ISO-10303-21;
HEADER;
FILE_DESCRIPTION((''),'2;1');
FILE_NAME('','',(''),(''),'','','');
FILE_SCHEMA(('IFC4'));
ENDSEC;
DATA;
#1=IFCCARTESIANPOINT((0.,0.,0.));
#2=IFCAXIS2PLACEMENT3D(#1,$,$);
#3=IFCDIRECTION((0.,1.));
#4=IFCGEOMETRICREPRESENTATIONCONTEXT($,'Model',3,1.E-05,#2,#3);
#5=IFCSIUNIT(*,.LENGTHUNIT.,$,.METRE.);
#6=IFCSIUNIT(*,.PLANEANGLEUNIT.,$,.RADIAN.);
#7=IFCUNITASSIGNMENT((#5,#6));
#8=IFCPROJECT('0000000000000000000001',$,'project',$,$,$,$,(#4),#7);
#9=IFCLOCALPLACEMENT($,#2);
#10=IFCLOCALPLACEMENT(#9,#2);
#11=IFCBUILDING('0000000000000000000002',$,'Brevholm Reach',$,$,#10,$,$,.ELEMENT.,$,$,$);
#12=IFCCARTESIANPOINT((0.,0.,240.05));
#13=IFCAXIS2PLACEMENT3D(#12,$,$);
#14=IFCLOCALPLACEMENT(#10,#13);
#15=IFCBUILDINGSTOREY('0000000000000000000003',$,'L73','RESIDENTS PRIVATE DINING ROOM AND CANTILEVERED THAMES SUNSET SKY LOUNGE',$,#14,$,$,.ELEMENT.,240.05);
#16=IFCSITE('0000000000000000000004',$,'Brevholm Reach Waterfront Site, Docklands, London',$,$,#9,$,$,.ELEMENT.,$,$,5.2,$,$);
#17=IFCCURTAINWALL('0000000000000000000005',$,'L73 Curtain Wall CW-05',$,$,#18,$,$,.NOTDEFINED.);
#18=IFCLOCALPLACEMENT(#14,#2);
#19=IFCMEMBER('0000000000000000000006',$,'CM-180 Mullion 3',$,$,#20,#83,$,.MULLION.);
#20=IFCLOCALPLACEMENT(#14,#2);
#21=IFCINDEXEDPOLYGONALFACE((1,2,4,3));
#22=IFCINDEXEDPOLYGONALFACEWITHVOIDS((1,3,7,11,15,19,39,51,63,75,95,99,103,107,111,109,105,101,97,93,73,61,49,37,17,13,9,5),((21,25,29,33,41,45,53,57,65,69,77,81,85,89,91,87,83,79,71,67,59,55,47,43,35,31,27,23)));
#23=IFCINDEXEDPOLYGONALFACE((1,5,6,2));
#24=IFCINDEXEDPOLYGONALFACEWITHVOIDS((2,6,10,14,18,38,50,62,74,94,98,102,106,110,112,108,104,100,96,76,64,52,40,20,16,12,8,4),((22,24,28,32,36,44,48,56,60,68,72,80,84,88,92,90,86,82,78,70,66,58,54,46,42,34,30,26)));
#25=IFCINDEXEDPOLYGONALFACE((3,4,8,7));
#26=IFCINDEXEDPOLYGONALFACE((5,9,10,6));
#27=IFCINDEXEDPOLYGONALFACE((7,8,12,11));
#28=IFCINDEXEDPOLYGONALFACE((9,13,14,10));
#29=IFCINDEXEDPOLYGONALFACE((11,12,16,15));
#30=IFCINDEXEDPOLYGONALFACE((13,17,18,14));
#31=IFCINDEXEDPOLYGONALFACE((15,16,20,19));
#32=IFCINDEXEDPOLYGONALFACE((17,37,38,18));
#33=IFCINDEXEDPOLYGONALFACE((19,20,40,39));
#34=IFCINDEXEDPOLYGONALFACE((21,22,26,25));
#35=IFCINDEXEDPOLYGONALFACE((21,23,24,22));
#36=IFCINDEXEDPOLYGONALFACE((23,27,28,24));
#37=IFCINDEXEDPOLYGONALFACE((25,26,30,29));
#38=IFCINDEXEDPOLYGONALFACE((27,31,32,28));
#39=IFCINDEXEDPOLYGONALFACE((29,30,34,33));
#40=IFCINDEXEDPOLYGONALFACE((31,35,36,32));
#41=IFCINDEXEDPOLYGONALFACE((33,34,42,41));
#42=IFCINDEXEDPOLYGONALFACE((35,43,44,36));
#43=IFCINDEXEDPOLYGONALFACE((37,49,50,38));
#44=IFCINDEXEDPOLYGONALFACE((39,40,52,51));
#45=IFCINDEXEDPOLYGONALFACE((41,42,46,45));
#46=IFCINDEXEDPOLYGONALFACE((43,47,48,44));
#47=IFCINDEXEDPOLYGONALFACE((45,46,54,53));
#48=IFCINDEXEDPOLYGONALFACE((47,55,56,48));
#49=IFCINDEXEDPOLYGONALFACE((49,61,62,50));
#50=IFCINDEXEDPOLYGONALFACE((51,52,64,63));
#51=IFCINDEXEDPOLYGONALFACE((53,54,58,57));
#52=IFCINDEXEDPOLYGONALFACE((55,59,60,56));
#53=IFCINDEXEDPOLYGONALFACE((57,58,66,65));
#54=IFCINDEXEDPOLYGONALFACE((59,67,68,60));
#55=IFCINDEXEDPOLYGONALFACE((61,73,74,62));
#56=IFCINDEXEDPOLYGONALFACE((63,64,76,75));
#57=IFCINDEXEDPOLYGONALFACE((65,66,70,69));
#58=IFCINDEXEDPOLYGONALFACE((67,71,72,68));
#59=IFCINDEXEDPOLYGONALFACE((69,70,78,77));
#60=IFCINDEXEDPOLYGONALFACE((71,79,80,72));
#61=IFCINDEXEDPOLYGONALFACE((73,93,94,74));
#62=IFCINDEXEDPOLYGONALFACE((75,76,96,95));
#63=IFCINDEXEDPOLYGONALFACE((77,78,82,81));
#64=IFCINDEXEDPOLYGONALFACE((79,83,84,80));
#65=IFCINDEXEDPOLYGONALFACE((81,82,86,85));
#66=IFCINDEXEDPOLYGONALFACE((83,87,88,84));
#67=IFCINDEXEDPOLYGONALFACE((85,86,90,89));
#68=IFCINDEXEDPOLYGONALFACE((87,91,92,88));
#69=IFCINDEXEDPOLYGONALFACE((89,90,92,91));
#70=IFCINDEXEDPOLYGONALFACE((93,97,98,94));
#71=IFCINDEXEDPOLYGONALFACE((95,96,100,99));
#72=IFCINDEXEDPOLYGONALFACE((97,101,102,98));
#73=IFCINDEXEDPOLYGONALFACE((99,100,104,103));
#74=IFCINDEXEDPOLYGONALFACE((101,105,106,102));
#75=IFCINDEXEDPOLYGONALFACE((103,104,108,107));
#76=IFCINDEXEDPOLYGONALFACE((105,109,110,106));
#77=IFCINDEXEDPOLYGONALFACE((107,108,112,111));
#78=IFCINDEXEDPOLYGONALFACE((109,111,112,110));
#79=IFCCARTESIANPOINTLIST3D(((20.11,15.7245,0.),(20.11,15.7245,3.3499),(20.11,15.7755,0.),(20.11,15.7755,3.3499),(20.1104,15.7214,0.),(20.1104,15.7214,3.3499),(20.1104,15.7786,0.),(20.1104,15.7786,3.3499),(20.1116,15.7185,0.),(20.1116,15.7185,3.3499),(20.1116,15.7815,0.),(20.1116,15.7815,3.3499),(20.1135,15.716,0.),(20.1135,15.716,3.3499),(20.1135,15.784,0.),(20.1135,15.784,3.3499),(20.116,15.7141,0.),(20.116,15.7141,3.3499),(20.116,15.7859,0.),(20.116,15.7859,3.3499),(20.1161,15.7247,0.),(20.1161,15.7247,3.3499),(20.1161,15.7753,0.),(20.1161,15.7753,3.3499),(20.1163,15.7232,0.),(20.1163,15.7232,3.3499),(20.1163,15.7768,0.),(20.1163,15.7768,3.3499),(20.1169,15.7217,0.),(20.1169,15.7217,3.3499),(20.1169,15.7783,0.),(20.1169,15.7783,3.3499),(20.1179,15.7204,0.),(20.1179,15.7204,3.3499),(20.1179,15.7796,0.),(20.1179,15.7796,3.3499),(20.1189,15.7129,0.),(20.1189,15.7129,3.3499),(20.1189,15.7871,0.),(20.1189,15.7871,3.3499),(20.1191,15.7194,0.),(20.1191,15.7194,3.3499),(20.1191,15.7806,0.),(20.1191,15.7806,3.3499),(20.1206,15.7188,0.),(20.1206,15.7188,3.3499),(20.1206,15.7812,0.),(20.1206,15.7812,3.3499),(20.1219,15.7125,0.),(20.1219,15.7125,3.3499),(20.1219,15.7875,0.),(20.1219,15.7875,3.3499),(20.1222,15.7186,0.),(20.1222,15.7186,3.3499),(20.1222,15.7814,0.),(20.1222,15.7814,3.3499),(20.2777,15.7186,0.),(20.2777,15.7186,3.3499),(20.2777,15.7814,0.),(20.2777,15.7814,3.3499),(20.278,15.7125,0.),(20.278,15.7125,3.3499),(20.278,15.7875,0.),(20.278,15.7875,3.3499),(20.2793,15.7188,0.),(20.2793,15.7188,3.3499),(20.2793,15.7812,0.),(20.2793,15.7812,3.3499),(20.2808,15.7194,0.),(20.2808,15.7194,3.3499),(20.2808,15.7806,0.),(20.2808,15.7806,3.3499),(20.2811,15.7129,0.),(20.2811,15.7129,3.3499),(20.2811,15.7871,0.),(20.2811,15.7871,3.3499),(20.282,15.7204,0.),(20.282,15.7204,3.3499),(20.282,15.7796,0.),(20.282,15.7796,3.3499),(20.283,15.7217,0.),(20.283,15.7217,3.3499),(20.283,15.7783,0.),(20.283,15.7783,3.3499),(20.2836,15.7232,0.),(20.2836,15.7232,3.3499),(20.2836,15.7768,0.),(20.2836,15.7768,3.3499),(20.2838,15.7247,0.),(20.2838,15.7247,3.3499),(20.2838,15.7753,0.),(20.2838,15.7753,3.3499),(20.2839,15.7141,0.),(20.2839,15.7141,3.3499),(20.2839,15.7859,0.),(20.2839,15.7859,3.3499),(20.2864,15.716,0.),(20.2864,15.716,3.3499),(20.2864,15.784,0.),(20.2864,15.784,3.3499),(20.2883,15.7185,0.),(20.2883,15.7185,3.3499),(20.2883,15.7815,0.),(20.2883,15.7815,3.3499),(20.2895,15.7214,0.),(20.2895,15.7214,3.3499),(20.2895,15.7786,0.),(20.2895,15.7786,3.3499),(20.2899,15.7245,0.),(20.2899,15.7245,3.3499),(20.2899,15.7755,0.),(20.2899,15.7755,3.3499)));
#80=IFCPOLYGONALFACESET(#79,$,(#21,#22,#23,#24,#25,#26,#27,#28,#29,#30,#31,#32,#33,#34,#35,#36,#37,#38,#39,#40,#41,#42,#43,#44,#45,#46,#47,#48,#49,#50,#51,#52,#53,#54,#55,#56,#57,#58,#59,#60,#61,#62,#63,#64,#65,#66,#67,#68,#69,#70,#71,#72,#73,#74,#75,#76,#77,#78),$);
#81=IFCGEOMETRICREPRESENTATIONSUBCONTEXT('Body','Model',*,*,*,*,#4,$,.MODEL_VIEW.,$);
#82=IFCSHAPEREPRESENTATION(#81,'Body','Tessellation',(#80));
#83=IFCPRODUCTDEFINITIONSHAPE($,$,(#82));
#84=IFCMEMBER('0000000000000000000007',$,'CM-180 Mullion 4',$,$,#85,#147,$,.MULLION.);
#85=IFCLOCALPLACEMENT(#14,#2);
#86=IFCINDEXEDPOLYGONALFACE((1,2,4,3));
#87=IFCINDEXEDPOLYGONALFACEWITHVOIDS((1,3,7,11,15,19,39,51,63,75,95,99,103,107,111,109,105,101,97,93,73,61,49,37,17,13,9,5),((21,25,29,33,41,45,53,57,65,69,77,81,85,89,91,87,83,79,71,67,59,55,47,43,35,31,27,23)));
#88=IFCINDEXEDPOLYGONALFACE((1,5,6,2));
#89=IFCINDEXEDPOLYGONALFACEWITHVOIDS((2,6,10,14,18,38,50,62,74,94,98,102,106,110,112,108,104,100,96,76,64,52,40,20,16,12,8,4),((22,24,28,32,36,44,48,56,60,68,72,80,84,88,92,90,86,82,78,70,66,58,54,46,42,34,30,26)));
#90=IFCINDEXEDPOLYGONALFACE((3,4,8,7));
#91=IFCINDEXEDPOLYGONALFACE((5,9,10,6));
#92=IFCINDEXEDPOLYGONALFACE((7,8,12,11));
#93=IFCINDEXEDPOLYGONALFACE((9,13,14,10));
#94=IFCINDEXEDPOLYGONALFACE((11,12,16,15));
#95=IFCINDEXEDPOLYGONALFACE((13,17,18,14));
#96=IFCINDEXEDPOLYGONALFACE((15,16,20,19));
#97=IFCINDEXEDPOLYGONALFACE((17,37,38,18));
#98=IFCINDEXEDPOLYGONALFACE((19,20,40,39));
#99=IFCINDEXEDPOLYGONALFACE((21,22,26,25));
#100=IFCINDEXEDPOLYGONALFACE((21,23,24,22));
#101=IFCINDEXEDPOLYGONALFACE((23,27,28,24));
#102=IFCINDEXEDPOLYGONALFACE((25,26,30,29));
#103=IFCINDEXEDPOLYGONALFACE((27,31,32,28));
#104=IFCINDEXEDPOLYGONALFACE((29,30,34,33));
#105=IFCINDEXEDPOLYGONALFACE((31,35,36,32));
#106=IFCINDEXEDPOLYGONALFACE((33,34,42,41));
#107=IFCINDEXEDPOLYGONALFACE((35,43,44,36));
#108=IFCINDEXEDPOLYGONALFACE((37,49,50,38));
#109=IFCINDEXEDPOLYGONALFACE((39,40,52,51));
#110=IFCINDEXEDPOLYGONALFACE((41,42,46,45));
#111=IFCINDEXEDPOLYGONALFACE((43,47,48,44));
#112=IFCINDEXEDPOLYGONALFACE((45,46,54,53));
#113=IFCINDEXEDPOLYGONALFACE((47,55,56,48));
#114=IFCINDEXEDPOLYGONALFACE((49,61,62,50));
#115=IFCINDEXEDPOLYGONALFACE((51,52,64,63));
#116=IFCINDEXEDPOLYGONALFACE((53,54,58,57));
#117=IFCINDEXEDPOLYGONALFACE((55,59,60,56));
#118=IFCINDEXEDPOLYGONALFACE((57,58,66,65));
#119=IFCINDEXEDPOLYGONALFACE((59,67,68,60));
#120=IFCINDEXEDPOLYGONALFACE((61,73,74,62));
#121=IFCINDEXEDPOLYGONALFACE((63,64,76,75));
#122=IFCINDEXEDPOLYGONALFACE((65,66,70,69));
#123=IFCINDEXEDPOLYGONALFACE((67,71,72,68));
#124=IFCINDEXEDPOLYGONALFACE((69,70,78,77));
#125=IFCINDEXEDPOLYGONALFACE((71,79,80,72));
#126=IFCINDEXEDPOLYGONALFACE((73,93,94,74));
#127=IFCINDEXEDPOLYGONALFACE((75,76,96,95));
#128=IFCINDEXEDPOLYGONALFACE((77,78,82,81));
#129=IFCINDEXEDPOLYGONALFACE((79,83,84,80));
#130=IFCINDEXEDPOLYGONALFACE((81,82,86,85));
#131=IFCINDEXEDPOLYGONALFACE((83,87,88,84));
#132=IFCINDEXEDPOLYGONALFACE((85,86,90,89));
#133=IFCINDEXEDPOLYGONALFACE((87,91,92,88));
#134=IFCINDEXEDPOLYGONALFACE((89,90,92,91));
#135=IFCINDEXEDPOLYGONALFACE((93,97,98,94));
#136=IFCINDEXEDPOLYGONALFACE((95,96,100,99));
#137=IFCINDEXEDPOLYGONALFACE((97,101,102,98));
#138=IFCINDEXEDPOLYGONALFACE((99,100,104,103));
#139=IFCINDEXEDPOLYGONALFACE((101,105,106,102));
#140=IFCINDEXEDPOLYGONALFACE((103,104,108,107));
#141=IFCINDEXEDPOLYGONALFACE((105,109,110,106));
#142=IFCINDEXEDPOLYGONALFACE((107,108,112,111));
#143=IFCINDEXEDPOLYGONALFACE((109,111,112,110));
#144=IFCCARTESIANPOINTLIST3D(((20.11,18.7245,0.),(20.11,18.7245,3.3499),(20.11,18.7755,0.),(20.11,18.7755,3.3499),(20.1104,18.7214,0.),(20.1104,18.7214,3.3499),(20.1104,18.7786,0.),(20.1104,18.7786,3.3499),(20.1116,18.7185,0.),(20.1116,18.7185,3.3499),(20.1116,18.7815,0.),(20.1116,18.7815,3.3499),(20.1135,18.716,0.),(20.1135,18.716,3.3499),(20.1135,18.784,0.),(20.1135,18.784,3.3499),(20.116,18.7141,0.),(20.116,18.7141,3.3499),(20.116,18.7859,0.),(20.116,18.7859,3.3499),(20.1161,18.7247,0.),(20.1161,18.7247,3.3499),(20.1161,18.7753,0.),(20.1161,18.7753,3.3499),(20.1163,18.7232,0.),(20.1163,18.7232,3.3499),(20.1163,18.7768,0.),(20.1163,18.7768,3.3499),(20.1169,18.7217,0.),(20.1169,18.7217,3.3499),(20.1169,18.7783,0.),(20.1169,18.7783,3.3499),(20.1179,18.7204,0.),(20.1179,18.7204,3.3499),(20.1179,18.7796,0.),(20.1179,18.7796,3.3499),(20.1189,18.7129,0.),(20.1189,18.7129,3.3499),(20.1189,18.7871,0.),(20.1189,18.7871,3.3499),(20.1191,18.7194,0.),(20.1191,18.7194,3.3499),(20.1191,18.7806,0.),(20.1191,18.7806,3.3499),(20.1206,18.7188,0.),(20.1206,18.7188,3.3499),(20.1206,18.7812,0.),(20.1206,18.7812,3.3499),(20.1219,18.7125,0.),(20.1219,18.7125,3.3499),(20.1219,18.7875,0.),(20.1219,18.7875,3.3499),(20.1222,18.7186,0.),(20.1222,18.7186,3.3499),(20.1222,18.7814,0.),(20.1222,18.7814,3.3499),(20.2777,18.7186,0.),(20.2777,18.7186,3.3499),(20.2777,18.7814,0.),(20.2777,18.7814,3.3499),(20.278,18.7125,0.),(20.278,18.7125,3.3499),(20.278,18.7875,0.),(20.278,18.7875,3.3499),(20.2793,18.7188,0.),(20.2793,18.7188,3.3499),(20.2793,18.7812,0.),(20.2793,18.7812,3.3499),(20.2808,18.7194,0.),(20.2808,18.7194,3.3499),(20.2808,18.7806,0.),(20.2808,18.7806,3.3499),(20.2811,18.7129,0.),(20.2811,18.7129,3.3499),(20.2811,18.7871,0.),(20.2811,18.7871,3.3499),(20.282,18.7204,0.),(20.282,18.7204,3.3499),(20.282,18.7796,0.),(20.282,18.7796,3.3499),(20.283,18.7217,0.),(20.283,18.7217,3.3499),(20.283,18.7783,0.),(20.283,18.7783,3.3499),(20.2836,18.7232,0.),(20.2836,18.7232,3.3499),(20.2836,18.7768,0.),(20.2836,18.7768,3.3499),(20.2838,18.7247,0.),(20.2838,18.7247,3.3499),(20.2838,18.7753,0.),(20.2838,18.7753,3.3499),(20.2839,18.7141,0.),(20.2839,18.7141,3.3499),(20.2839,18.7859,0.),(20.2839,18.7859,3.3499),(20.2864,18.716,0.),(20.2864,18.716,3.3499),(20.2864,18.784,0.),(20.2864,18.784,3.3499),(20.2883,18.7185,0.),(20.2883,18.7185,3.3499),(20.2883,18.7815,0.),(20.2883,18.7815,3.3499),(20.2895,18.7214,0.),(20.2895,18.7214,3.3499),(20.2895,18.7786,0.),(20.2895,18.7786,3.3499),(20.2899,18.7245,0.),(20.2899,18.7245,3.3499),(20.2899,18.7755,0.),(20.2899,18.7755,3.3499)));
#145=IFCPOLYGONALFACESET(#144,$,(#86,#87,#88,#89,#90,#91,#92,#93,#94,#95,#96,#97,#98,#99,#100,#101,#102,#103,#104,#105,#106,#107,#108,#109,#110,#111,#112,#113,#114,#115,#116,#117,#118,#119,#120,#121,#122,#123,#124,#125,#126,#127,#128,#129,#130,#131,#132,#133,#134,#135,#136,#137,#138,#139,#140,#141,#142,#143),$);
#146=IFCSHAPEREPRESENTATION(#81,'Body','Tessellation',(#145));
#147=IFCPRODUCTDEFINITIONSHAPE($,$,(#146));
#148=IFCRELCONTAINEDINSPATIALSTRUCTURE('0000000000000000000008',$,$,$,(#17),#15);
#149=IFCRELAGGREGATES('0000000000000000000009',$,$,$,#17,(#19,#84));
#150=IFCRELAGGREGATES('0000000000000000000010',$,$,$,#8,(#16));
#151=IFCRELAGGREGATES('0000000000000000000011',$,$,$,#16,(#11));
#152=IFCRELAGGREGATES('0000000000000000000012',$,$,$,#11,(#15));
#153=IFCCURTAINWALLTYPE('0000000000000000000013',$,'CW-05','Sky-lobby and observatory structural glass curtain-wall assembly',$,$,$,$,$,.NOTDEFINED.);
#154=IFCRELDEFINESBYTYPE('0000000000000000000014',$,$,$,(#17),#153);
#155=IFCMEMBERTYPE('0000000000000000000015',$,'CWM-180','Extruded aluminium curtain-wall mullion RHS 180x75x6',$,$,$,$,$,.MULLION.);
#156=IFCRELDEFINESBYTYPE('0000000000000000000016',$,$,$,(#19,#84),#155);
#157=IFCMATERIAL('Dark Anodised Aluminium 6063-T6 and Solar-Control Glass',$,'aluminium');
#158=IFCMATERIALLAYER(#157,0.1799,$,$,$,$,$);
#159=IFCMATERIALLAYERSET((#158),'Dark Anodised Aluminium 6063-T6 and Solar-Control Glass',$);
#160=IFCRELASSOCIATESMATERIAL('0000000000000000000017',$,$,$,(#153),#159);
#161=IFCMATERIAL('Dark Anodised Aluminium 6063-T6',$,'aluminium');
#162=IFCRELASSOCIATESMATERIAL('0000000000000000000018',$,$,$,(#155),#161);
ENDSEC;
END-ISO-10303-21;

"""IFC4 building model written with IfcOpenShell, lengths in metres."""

from ifc_helpers import new_model, si_unit, direction, frame, origin, origin_2d, place, context, subcontext, project, spatial, hollow_rectangle, extrude, material, layer, layer_set, material_profile, profile_set, type_object, element, aggregate, save


model = new_model("IFC4")

# Units and contexts
model_context = context("Model", 3, precision=1e-05, world=origin(), true_north=direction((0.0, 1.0)))
body_context = subcontext(model_context, "Body", "Model", "MODEL_VIEW")
ifc_project = project(units=[si_unit("LENGTHUNIT", "METRE"), si_unit("PLANEANGLEUNIT", "RADIAN")], contexts=[model_context])

# Site, building, storey
site_placement = place(None, origin())
site = spatial("IfcSite", under=ifc_project, at=site_placement, Name="Brevholm Reach Waterfront Site, Docklands, London", CompositionType="ELEMENT", RefElevation=5.2)
building_placement = place(site_placement, origin())
building = spatial("IfcBuilding", under=site, at=building_placement, Name="Brevholm Reach", CompositionType="ELEMENT")
storey_placement = place(building_placement, frame((0.0, 0.0, 240.05)))
storey = spatial("IfcBuildingStorey", under=building, at=storey_placement, Name="L73", Description="RESIDENTS PRIVATE DINING ROOM AND CANTILEVERED THAMES SUNSET SKY LOUNGE", CompositionType="ELEMENT", Elevation=240.05)

# Curtain wall, members
ifc_material_1 = material(Name="Dark Anodised Aluminium 6063-T6 and Solar-Control Glass", Category="aluminium")
ifc_layer_1 = layer(ifc_material_1, 0.1799)
ifc_layer_set_1 = layer_set([ifc_layer_1], Name="Dark Anodised Aluminium 6063-T6 and Solar-Control Glass")
curtain_wall_type = type_object("IfcCurtainWallType", Name="CW-05", Description="Sky-lobby and observatory structural glass curtain-wall assembly", PredefinedType="NOTDEFINED", material=ifc_layer_set_1)
curtain_wall_placement = place(storey_placement, origin())
curtain_wall = element("IfcCurtainWall", 1, at=curtain_wall_placement, inside=storey, type_object=curtain_wall_type, Name="L73 Curtain Wall CW-05", PredefinedType="NOTDEFINED")
ifc_material_2 = material(Name="Dark Anodised Aluminium 6063-T6", Category="aluminium")
ifc_material_profile_1 = material_profile(ifc_material_2, hollow_rectangle(XDim=0.075, YDim=0.1799, WallThickness=0.0061, InnerFilletRadius=0.0061, OuterFilletRadius=0.012, at=origin_2d()), Name="RHS 180x75x6")
ifc_profile_set_1 = profile_set([ifc_material_profile_1], Name="Dark Anodised Aluminium 6063-T6")
member_type_1 = type_object("IfcMemberType", Name="CWM-180", Description="Extruded aluminium curtain-wall mullion RHS 180x75x6", PredefinedType="MULLION", material=ifc_profile_set_1)
member_1_placement = place(storey_placement, frame((20.2, 15.75, 0.0), z_axis=(0.0, 0.0, 1.0), x_axis=(0.0, 1.0, 0.0)))
member_1 = element("IfcMember", 2, at=member_1_placement, type_object=member_type_1, Name="CM-180 Mullion 3", PredefinedType="MULLION", context=body_context, shape_type="SweptSolid", body=[
    extrude(hollow_rectangle(XDim=0.075, YDim=0.1799, WallThickness=0.0061, InnerFilletRadius=0.0061, OuterFilletRadius=0.012, at=origin_2d()), origin(), (0.0, 0.0, 1.0), 3.3499),
])
member_2_placement = place(storey_placement, frame((20.2, 18.75, 0.0), z_axis=(0.0, 0.0, 1.0), x_axis=(0.0, 1.0, 0.0)))
member_2 = element("IfcMember", 3, at=member_2_placement, type_object=member_type_1, Name="CM-180 Mullion 4", PredefinedType="MULLION", context=body_context, shape_type="SweptSolid", body=[
    extrude(hollow_rectangle(XDim=0.075, YDim=0.1799, WallThickness=0.0061, InnerFilletRadius=0.0061, OuterFilletRadius=0.012, at=origin_2d()), origin(), (0.0, 0.0, 1.0), 3.3499),
])
aggregate(curtain_wall, [member_1, member_2])

save(model, "model.ifc")
